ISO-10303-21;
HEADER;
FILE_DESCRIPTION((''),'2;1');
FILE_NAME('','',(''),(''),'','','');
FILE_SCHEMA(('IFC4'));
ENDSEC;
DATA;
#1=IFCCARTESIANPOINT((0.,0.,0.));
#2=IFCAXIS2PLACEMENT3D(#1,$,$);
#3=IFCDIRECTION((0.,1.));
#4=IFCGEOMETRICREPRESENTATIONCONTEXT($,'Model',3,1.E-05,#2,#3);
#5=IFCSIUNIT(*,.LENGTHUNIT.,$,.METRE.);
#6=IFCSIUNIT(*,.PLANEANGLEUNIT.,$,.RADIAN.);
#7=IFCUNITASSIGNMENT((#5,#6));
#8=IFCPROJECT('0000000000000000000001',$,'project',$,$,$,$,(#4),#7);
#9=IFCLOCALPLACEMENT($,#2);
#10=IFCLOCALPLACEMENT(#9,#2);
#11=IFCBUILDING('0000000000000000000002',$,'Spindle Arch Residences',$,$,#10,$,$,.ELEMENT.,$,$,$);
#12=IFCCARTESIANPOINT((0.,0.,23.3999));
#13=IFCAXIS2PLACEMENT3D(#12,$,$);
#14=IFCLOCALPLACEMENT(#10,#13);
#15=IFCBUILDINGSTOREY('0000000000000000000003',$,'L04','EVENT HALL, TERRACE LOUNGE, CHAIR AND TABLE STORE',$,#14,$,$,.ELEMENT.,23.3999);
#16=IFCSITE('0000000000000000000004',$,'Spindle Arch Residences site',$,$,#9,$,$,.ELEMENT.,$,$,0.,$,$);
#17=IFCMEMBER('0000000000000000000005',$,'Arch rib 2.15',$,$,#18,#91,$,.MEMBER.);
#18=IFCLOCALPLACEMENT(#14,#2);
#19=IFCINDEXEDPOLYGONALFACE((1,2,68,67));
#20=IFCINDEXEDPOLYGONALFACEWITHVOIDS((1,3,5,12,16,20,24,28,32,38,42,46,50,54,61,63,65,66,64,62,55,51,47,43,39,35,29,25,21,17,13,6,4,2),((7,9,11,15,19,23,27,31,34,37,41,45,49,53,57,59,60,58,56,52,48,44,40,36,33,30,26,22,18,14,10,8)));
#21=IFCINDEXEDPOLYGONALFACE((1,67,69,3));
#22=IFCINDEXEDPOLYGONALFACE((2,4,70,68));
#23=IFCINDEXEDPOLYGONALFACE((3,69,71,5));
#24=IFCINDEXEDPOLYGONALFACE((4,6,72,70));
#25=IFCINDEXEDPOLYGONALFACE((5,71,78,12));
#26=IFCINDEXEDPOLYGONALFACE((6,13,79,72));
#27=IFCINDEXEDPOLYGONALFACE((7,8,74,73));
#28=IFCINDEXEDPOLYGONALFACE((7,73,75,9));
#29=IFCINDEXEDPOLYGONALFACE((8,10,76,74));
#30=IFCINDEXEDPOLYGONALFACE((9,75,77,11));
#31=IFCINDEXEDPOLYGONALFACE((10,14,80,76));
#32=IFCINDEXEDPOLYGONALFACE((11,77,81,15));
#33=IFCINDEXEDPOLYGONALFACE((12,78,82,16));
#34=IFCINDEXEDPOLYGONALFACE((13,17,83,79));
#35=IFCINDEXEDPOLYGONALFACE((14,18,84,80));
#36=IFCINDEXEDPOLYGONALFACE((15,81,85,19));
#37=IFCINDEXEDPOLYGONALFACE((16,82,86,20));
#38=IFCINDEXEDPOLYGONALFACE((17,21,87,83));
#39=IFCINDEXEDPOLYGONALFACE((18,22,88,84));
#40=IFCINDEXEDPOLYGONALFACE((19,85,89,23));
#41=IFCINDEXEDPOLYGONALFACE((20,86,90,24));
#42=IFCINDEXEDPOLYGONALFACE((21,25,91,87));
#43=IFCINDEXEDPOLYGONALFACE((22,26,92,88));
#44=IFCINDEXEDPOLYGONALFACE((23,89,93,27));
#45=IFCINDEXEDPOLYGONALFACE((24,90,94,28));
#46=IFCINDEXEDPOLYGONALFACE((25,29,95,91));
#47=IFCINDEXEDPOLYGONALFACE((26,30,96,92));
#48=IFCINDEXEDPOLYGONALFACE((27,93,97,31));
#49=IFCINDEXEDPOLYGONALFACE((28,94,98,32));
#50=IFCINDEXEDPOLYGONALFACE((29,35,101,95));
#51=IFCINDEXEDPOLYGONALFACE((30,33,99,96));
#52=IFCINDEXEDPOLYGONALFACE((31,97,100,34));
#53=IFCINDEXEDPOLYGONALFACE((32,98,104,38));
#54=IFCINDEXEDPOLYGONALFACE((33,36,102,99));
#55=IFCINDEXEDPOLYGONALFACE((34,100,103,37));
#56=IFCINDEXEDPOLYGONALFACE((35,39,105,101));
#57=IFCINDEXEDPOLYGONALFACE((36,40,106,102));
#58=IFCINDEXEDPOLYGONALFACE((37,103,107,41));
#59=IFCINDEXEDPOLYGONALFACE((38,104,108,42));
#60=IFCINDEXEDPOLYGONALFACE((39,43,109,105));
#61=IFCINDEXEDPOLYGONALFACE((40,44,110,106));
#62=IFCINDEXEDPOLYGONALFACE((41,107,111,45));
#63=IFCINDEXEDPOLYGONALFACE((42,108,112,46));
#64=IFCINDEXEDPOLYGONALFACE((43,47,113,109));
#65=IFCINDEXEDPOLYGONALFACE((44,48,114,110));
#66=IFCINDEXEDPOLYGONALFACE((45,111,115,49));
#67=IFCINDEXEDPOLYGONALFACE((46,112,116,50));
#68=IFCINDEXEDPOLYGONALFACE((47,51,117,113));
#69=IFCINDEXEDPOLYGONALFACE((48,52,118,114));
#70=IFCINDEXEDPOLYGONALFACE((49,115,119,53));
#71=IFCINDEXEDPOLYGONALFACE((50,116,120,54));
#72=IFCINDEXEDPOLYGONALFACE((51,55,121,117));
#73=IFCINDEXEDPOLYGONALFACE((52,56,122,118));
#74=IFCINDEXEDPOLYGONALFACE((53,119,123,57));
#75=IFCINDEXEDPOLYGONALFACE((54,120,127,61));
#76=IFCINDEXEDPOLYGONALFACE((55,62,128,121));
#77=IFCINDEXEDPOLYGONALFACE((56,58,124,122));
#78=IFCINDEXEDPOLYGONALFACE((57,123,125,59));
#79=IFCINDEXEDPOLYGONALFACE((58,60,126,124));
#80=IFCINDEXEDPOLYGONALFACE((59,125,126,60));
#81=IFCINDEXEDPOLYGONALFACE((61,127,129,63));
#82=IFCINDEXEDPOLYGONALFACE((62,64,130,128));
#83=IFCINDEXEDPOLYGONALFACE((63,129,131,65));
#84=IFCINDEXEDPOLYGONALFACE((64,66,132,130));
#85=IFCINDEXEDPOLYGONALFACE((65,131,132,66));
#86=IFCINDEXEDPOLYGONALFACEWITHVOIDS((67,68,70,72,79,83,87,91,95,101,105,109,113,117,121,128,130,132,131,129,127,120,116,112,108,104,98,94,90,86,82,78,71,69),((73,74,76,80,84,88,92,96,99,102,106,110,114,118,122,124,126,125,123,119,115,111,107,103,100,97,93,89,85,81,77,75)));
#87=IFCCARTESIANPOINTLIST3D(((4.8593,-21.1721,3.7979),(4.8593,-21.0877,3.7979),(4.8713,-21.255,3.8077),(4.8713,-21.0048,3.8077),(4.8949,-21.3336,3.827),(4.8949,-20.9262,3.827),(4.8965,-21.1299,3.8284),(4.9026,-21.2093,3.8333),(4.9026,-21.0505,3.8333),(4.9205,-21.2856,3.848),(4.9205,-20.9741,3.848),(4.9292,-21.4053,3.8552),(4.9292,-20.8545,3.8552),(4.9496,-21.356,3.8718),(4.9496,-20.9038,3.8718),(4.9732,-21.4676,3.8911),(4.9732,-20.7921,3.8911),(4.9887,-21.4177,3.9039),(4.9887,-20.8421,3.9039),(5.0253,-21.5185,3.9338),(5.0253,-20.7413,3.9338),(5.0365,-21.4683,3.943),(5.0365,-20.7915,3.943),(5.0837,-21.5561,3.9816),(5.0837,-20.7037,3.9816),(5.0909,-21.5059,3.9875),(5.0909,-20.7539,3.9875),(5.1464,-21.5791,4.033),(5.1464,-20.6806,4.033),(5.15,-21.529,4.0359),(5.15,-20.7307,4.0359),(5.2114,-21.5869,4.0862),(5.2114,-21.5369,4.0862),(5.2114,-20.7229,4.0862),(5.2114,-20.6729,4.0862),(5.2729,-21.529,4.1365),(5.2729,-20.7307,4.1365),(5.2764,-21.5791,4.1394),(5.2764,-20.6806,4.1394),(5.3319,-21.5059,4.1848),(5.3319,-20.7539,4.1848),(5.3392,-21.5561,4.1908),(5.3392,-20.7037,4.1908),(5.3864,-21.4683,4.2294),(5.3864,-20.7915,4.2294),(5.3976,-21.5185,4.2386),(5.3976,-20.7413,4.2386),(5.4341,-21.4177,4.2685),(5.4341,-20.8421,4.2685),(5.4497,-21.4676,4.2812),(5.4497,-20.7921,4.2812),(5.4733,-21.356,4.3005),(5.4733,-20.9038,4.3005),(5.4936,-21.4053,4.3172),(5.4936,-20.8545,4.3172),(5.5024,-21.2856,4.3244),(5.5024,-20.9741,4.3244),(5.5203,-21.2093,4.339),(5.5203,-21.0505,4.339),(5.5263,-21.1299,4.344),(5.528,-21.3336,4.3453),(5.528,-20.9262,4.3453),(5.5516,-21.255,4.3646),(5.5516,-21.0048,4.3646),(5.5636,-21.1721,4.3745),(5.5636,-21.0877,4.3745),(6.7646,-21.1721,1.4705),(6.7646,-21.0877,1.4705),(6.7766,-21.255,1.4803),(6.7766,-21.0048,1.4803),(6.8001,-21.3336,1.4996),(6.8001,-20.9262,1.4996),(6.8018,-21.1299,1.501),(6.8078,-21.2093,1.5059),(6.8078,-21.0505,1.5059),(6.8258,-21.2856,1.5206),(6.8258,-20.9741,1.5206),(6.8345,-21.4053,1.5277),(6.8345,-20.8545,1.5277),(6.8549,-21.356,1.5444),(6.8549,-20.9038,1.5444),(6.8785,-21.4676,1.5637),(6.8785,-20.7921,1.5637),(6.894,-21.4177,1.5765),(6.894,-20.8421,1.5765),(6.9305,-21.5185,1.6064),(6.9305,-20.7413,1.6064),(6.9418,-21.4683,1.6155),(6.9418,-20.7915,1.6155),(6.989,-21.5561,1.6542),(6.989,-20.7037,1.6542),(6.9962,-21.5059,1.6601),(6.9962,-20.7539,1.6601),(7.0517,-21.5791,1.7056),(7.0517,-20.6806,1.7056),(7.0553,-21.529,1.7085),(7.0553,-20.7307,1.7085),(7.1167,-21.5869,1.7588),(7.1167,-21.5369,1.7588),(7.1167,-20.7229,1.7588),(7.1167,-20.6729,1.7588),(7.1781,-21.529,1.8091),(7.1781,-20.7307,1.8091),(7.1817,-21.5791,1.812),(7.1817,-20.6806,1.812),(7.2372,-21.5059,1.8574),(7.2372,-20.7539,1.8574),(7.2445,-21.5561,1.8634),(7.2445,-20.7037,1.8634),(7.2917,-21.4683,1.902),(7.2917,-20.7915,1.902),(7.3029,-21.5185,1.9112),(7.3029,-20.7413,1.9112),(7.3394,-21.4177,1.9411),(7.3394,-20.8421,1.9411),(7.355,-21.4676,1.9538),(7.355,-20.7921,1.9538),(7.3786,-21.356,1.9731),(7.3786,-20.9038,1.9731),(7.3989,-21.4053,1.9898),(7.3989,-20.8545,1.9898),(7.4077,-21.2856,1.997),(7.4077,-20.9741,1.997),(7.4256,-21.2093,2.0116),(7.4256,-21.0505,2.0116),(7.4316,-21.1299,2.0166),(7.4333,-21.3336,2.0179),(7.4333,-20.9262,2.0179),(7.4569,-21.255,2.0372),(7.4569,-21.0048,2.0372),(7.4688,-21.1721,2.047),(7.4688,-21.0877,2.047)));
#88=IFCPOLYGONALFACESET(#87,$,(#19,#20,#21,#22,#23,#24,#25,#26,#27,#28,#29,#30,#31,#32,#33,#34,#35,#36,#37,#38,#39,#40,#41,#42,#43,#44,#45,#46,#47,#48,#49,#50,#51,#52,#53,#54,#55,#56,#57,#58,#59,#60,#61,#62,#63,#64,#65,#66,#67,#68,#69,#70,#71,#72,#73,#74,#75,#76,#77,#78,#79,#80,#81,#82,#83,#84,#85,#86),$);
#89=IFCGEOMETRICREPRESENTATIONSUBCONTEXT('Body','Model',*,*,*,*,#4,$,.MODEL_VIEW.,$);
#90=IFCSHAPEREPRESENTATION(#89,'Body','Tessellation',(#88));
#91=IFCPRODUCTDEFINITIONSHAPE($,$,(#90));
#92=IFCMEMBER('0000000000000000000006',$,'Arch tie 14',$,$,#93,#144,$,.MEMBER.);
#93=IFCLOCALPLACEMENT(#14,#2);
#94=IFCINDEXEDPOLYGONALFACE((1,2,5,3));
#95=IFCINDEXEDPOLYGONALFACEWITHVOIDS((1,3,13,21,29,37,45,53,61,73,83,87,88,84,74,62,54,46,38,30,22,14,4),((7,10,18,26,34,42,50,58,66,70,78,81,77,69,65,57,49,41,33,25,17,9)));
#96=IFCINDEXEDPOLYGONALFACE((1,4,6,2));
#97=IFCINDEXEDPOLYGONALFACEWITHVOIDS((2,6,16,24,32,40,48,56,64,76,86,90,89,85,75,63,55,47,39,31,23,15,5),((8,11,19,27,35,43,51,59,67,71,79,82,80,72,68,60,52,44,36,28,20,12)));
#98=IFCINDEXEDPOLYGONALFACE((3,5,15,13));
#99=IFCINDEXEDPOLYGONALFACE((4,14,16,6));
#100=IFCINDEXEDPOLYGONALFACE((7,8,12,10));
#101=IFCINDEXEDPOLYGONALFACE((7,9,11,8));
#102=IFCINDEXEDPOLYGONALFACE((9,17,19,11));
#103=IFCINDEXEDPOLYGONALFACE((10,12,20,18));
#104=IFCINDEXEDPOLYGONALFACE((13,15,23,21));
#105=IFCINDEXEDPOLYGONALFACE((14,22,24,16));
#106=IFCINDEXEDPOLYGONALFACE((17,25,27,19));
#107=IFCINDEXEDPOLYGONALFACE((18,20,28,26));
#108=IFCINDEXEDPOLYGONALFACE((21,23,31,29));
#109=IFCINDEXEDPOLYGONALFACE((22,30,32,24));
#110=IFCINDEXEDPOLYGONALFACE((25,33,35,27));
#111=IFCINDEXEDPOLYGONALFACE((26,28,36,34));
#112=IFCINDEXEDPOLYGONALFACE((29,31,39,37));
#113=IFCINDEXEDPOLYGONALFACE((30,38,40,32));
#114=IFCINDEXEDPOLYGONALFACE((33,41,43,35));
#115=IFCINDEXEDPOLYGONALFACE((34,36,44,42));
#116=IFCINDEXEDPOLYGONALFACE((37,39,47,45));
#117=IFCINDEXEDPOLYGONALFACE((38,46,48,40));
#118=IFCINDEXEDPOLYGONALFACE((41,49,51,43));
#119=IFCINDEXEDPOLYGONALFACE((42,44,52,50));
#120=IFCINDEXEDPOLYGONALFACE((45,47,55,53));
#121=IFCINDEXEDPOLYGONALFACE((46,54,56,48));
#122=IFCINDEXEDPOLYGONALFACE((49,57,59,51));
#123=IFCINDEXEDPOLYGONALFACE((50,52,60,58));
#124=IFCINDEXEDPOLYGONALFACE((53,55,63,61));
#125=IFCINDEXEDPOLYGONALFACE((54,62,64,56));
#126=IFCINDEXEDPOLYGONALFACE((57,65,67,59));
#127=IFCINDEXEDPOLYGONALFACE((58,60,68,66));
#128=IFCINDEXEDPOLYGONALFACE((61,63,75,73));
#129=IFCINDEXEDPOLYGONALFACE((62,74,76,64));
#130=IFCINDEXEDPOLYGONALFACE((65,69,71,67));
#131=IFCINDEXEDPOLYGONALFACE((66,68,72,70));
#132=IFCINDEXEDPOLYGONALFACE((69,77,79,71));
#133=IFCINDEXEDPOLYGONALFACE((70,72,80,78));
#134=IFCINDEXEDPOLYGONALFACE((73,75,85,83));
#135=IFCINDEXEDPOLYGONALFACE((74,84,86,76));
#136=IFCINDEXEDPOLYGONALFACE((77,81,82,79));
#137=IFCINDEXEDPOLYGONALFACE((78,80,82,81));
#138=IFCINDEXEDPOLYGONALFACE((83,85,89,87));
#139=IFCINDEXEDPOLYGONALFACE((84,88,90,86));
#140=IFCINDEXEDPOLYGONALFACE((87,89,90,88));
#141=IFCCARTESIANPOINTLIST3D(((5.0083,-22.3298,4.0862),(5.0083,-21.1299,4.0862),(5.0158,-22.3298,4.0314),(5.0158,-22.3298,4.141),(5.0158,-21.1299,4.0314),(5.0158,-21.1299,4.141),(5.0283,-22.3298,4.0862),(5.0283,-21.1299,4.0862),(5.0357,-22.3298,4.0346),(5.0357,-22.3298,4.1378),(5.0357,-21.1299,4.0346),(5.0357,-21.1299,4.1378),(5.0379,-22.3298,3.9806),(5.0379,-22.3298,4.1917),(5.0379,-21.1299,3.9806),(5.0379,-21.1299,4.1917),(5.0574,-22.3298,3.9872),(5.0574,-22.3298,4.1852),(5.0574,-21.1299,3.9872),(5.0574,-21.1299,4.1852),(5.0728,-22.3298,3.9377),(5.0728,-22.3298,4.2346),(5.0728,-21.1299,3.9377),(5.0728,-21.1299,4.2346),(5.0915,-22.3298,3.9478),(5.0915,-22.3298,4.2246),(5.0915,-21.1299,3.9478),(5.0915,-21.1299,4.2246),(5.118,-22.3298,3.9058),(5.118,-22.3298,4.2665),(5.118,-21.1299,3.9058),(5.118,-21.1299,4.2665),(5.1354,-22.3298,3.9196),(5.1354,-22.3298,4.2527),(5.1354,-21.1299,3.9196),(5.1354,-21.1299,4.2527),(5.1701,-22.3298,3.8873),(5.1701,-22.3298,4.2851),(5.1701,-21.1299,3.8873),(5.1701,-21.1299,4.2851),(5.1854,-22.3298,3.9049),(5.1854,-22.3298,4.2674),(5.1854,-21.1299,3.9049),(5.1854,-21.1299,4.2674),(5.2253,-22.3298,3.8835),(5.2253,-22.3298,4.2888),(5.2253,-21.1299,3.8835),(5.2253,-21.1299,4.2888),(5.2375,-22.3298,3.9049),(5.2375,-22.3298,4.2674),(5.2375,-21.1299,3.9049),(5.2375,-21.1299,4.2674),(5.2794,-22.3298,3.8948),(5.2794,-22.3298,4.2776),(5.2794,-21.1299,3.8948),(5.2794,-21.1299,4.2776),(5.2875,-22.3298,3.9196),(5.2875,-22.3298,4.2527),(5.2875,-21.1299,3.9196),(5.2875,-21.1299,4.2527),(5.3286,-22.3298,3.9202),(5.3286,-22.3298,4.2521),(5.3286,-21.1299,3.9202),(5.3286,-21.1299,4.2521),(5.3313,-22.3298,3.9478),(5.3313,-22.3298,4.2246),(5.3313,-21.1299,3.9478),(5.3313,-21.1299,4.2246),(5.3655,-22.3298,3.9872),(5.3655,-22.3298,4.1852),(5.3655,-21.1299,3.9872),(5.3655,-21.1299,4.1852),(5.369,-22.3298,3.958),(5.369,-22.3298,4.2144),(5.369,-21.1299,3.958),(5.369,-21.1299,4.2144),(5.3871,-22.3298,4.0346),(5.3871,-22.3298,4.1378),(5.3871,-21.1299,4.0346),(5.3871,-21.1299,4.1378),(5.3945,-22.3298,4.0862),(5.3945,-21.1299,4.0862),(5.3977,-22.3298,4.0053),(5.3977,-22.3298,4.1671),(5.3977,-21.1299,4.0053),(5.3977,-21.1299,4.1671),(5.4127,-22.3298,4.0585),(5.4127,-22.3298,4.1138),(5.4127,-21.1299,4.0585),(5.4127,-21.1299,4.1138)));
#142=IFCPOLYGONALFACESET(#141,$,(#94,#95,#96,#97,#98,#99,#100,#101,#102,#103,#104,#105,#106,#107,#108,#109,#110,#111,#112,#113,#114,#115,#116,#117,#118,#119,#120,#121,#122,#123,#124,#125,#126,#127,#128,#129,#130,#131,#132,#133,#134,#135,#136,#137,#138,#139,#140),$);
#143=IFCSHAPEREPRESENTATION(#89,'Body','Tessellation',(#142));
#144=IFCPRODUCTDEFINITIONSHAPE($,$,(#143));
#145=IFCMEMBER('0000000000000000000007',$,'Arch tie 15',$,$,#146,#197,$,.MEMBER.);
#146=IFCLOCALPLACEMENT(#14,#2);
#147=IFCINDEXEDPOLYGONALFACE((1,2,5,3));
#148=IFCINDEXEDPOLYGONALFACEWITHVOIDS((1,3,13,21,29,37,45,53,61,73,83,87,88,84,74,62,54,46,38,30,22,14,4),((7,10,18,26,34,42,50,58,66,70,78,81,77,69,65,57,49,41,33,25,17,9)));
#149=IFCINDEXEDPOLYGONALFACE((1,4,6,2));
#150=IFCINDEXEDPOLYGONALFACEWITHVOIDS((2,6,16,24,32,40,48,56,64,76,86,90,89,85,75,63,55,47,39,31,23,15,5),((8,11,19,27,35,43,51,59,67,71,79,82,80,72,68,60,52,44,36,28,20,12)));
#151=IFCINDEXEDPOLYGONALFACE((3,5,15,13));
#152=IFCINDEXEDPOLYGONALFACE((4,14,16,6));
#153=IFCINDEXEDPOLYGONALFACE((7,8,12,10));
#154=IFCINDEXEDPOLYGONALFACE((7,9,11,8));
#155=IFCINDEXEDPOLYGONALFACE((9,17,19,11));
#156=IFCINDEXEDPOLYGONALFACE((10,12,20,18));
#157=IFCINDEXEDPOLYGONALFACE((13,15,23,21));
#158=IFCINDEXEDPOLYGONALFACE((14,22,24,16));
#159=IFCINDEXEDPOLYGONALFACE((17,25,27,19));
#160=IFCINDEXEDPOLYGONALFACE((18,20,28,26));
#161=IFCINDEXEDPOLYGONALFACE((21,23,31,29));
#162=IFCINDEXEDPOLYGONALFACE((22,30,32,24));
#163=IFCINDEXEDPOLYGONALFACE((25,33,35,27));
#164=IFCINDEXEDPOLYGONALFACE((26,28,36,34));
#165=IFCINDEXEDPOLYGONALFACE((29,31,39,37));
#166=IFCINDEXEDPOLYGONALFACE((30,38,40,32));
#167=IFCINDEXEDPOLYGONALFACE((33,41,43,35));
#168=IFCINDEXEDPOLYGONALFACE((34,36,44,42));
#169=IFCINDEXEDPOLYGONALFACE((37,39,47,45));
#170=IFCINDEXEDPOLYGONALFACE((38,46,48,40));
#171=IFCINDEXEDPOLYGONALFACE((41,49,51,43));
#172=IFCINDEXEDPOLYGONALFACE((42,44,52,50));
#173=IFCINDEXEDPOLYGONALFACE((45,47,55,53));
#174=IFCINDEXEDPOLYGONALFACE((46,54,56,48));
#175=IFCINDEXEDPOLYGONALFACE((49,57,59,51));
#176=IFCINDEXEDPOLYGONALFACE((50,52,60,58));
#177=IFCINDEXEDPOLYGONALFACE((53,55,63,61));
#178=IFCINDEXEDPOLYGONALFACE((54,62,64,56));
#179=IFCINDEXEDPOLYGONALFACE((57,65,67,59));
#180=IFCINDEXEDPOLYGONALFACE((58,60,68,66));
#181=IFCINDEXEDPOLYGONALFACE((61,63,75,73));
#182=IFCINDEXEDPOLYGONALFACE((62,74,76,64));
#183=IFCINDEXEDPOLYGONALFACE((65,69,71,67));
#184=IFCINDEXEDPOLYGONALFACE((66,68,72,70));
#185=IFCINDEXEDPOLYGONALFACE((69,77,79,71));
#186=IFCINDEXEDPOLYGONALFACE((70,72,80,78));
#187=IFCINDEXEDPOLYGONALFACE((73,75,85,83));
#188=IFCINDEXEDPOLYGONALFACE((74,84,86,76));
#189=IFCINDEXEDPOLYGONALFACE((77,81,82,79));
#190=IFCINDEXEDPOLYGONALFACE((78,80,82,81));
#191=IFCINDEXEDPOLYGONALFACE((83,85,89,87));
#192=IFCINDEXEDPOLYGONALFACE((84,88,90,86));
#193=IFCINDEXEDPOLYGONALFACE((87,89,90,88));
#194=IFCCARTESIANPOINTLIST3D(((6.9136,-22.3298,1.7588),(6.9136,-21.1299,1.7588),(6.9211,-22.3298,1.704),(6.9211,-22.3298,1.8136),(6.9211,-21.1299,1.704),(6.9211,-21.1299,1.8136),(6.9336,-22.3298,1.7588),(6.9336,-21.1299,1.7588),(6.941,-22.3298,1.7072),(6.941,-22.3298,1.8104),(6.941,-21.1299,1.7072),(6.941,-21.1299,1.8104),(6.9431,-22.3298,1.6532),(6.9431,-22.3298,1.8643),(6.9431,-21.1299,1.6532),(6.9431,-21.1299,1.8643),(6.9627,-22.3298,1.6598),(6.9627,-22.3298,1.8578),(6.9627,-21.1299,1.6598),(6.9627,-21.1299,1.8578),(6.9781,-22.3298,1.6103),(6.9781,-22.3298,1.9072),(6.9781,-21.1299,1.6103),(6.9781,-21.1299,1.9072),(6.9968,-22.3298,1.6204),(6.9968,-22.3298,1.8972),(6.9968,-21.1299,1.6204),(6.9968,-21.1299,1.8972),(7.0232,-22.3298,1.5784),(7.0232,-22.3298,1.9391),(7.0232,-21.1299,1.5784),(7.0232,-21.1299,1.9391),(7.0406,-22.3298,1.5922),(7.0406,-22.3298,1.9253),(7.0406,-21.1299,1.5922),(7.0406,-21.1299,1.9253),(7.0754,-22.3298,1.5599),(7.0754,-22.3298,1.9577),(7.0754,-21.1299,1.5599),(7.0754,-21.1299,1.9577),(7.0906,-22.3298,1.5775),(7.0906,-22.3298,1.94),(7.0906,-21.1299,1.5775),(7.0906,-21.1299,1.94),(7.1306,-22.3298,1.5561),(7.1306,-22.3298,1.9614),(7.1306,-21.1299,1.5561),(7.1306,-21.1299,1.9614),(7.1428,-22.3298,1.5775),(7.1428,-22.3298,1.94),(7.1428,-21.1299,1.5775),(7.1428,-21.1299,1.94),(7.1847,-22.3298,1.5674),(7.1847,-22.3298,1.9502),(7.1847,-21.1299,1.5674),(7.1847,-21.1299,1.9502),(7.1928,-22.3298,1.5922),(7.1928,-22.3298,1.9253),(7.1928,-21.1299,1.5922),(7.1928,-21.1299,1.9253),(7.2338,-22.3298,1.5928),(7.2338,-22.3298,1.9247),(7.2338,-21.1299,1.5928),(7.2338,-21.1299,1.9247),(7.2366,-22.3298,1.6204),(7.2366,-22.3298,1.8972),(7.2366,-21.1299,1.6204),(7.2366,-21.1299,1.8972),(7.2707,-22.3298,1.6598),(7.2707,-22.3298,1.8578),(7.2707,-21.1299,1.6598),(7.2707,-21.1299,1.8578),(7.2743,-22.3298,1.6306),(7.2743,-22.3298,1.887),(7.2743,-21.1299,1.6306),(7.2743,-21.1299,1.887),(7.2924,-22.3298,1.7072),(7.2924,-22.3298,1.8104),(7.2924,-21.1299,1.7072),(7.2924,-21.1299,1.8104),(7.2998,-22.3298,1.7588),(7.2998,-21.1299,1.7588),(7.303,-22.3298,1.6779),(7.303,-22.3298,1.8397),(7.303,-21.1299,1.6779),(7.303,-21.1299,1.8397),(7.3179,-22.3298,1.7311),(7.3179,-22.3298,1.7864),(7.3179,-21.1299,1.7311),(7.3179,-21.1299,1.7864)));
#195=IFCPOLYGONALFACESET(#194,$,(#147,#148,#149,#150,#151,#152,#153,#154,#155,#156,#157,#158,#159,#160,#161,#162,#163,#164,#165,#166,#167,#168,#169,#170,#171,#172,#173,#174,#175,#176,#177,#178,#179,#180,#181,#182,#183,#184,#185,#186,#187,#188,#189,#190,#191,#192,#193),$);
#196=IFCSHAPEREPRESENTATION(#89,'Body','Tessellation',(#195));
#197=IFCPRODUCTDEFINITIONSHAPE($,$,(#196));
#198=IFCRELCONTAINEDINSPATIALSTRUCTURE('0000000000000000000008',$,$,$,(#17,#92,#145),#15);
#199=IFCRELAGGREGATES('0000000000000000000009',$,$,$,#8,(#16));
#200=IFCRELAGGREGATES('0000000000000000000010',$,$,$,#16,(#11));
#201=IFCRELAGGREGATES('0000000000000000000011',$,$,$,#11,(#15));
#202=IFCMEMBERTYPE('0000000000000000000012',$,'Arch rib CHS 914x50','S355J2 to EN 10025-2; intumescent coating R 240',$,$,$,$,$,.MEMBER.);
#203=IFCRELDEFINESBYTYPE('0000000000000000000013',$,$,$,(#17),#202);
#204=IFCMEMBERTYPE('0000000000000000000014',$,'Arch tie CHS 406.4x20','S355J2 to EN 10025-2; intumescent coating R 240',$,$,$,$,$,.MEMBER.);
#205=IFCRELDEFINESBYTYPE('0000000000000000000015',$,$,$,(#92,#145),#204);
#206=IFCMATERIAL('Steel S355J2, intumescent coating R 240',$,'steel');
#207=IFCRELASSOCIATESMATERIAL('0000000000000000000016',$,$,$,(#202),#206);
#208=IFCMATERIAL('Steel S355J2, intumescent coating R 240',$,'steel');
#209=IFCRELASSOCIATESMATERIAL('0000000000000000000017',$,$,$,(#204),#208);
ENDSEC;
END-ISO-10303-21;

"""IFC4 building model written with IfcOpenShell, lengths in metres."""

from ifc_helpers import new_model, si_unit, direction, frame, origin, origin_2d, place, context, subcontext, project, spatial, hollow_circle, extrude, material, material_profile, profile_set, type_object, element, save


model = new_model("IFC4")

# Units and contexts
model_context = context("Model", 3, precision=1e-05, world=origin(), true_north=direction((0.0, 1.0)))
body_context = subcontext(model_context, "Body", "Model", "MODEL_VIEW")
ifc_project = project(units=[si_unit("LENGTHUNIT", "METRE"), si_unit("PLANEANGLEUNIT", "RADIAN")], contexts=[model_context])

# Site, building, storey
site_placement = place(None, origin())
site = spatial("IfcSite", under=ifc_project, at=site_placement, Name="Spindle Arch Residences site", CompositionType="ELEMENT", RefElevation=0.0)
building_placement = place(site_placement, origin())
building = spatial("IfcBuilding", under=site, at=building_placement, Name="Spindle Arch Residences", CompositionType="ELEMENT")
storey_placement = place(building_placement, frame((0.0, 0.0, 23.3999)))
storey = spatial("IfcBuildingStorey", under=building, at=storey_placement, Name="L04", Description="EVENT HALL, TERRACE LOUNGE, CHAIR AND TABLE STORE", CompositionType="ELEMENT", Elevation=23.3999)

# Members
ifc_material_1 = material(Name="Steel S355J2, intumescent coating R 240", Category="steel")
ifc_material_profile_1 = material_profile(ifc_material_1, hollow_circle(Radius=0.457, WallThickness=0.05, at=origin_2d()), Name="CHS 914x50")
ifc_profile_set_1 = profile_set([ifc_material_profile_1], Name="Steel S355J2, intumescent coating R 240")
member_type_1 = type_object("IfcMemberType", Name="Arch rib CHS 914x50", Description="S355J2 to EN 10025-2; intumescent coating R 240", PredefinedType="MEMBER", material=ifc_profile_set_1)
member_1_placement = place(storey_placement, frame((5.2114, -21.1299, 4.0862), z_axis=(0.633446, 0.0, -0.773787), x_axis=(0.0, 1.0, 0.0)))
element("IfcMember", 1, at=member_1_placement, inside=storey, type_object=member_type_1, Name="Arch rib 2.15", PredefinedType="MEMBER", context=body_context, shape_type="SweptSolid", body=[
    extrude(hollow_circle(Radius=0.457, WallThickness=0.05, at=origin_2d()), origin(), (0.0, 0.0, 1.0), 3.0078),
])
ifc_material_2 = material(Name="Steel S355J2, intumescent coating R 240", Category="steel")
ifc_material_profile_2 = material_profile(ifc_material_2, hollow_circle(Radius=0.2031, WallThickness=0.02, at=origin_2d()), Name="CHS 406.4x20")
ifc_profile_set_2 = profile_set([ifc_material_profile_2], Name="Steel S355J2, intumescent coating R 240")
member_type_2 = type_object("IfcMemberType", Name="Arch tie CHS 406.4x20", Description="S355J2 to EN 10025-2; intumescent coating R 240", PredefinedType="MEMBER", material=ifc_profile_set_2)
for number, where, z_axis, x_axis, name in (
    (2, (5.2114, -22.3298, 4.0862), (0.0, 1.0, 0.0), (-1.0, 0.0, 0.0), "Arch tie 14"),
    (3, (7.1167, -22.3298, 1.7588), (0.0, 1.0, 0.0), (-1.0, 0.0, 0.0), "Arch tie 15"),
):
    element("IfcMember", number, at=place(storey_placement, frame(where, z_axis=z_axis, x_axis=x_axis)), inside=storey, type_object=member_type_2, Name=name, PredefinedType="MEMBER", context=body_context, shape_type="SweptSolid", body=[
        extrude(hollow_circle(Radius=0.2031, WallThickness=0.02, at=origin_2d()), origin(), (0.0, 0.0, 1.0), 1.2),
    ])

save(model, "model.ifc")
